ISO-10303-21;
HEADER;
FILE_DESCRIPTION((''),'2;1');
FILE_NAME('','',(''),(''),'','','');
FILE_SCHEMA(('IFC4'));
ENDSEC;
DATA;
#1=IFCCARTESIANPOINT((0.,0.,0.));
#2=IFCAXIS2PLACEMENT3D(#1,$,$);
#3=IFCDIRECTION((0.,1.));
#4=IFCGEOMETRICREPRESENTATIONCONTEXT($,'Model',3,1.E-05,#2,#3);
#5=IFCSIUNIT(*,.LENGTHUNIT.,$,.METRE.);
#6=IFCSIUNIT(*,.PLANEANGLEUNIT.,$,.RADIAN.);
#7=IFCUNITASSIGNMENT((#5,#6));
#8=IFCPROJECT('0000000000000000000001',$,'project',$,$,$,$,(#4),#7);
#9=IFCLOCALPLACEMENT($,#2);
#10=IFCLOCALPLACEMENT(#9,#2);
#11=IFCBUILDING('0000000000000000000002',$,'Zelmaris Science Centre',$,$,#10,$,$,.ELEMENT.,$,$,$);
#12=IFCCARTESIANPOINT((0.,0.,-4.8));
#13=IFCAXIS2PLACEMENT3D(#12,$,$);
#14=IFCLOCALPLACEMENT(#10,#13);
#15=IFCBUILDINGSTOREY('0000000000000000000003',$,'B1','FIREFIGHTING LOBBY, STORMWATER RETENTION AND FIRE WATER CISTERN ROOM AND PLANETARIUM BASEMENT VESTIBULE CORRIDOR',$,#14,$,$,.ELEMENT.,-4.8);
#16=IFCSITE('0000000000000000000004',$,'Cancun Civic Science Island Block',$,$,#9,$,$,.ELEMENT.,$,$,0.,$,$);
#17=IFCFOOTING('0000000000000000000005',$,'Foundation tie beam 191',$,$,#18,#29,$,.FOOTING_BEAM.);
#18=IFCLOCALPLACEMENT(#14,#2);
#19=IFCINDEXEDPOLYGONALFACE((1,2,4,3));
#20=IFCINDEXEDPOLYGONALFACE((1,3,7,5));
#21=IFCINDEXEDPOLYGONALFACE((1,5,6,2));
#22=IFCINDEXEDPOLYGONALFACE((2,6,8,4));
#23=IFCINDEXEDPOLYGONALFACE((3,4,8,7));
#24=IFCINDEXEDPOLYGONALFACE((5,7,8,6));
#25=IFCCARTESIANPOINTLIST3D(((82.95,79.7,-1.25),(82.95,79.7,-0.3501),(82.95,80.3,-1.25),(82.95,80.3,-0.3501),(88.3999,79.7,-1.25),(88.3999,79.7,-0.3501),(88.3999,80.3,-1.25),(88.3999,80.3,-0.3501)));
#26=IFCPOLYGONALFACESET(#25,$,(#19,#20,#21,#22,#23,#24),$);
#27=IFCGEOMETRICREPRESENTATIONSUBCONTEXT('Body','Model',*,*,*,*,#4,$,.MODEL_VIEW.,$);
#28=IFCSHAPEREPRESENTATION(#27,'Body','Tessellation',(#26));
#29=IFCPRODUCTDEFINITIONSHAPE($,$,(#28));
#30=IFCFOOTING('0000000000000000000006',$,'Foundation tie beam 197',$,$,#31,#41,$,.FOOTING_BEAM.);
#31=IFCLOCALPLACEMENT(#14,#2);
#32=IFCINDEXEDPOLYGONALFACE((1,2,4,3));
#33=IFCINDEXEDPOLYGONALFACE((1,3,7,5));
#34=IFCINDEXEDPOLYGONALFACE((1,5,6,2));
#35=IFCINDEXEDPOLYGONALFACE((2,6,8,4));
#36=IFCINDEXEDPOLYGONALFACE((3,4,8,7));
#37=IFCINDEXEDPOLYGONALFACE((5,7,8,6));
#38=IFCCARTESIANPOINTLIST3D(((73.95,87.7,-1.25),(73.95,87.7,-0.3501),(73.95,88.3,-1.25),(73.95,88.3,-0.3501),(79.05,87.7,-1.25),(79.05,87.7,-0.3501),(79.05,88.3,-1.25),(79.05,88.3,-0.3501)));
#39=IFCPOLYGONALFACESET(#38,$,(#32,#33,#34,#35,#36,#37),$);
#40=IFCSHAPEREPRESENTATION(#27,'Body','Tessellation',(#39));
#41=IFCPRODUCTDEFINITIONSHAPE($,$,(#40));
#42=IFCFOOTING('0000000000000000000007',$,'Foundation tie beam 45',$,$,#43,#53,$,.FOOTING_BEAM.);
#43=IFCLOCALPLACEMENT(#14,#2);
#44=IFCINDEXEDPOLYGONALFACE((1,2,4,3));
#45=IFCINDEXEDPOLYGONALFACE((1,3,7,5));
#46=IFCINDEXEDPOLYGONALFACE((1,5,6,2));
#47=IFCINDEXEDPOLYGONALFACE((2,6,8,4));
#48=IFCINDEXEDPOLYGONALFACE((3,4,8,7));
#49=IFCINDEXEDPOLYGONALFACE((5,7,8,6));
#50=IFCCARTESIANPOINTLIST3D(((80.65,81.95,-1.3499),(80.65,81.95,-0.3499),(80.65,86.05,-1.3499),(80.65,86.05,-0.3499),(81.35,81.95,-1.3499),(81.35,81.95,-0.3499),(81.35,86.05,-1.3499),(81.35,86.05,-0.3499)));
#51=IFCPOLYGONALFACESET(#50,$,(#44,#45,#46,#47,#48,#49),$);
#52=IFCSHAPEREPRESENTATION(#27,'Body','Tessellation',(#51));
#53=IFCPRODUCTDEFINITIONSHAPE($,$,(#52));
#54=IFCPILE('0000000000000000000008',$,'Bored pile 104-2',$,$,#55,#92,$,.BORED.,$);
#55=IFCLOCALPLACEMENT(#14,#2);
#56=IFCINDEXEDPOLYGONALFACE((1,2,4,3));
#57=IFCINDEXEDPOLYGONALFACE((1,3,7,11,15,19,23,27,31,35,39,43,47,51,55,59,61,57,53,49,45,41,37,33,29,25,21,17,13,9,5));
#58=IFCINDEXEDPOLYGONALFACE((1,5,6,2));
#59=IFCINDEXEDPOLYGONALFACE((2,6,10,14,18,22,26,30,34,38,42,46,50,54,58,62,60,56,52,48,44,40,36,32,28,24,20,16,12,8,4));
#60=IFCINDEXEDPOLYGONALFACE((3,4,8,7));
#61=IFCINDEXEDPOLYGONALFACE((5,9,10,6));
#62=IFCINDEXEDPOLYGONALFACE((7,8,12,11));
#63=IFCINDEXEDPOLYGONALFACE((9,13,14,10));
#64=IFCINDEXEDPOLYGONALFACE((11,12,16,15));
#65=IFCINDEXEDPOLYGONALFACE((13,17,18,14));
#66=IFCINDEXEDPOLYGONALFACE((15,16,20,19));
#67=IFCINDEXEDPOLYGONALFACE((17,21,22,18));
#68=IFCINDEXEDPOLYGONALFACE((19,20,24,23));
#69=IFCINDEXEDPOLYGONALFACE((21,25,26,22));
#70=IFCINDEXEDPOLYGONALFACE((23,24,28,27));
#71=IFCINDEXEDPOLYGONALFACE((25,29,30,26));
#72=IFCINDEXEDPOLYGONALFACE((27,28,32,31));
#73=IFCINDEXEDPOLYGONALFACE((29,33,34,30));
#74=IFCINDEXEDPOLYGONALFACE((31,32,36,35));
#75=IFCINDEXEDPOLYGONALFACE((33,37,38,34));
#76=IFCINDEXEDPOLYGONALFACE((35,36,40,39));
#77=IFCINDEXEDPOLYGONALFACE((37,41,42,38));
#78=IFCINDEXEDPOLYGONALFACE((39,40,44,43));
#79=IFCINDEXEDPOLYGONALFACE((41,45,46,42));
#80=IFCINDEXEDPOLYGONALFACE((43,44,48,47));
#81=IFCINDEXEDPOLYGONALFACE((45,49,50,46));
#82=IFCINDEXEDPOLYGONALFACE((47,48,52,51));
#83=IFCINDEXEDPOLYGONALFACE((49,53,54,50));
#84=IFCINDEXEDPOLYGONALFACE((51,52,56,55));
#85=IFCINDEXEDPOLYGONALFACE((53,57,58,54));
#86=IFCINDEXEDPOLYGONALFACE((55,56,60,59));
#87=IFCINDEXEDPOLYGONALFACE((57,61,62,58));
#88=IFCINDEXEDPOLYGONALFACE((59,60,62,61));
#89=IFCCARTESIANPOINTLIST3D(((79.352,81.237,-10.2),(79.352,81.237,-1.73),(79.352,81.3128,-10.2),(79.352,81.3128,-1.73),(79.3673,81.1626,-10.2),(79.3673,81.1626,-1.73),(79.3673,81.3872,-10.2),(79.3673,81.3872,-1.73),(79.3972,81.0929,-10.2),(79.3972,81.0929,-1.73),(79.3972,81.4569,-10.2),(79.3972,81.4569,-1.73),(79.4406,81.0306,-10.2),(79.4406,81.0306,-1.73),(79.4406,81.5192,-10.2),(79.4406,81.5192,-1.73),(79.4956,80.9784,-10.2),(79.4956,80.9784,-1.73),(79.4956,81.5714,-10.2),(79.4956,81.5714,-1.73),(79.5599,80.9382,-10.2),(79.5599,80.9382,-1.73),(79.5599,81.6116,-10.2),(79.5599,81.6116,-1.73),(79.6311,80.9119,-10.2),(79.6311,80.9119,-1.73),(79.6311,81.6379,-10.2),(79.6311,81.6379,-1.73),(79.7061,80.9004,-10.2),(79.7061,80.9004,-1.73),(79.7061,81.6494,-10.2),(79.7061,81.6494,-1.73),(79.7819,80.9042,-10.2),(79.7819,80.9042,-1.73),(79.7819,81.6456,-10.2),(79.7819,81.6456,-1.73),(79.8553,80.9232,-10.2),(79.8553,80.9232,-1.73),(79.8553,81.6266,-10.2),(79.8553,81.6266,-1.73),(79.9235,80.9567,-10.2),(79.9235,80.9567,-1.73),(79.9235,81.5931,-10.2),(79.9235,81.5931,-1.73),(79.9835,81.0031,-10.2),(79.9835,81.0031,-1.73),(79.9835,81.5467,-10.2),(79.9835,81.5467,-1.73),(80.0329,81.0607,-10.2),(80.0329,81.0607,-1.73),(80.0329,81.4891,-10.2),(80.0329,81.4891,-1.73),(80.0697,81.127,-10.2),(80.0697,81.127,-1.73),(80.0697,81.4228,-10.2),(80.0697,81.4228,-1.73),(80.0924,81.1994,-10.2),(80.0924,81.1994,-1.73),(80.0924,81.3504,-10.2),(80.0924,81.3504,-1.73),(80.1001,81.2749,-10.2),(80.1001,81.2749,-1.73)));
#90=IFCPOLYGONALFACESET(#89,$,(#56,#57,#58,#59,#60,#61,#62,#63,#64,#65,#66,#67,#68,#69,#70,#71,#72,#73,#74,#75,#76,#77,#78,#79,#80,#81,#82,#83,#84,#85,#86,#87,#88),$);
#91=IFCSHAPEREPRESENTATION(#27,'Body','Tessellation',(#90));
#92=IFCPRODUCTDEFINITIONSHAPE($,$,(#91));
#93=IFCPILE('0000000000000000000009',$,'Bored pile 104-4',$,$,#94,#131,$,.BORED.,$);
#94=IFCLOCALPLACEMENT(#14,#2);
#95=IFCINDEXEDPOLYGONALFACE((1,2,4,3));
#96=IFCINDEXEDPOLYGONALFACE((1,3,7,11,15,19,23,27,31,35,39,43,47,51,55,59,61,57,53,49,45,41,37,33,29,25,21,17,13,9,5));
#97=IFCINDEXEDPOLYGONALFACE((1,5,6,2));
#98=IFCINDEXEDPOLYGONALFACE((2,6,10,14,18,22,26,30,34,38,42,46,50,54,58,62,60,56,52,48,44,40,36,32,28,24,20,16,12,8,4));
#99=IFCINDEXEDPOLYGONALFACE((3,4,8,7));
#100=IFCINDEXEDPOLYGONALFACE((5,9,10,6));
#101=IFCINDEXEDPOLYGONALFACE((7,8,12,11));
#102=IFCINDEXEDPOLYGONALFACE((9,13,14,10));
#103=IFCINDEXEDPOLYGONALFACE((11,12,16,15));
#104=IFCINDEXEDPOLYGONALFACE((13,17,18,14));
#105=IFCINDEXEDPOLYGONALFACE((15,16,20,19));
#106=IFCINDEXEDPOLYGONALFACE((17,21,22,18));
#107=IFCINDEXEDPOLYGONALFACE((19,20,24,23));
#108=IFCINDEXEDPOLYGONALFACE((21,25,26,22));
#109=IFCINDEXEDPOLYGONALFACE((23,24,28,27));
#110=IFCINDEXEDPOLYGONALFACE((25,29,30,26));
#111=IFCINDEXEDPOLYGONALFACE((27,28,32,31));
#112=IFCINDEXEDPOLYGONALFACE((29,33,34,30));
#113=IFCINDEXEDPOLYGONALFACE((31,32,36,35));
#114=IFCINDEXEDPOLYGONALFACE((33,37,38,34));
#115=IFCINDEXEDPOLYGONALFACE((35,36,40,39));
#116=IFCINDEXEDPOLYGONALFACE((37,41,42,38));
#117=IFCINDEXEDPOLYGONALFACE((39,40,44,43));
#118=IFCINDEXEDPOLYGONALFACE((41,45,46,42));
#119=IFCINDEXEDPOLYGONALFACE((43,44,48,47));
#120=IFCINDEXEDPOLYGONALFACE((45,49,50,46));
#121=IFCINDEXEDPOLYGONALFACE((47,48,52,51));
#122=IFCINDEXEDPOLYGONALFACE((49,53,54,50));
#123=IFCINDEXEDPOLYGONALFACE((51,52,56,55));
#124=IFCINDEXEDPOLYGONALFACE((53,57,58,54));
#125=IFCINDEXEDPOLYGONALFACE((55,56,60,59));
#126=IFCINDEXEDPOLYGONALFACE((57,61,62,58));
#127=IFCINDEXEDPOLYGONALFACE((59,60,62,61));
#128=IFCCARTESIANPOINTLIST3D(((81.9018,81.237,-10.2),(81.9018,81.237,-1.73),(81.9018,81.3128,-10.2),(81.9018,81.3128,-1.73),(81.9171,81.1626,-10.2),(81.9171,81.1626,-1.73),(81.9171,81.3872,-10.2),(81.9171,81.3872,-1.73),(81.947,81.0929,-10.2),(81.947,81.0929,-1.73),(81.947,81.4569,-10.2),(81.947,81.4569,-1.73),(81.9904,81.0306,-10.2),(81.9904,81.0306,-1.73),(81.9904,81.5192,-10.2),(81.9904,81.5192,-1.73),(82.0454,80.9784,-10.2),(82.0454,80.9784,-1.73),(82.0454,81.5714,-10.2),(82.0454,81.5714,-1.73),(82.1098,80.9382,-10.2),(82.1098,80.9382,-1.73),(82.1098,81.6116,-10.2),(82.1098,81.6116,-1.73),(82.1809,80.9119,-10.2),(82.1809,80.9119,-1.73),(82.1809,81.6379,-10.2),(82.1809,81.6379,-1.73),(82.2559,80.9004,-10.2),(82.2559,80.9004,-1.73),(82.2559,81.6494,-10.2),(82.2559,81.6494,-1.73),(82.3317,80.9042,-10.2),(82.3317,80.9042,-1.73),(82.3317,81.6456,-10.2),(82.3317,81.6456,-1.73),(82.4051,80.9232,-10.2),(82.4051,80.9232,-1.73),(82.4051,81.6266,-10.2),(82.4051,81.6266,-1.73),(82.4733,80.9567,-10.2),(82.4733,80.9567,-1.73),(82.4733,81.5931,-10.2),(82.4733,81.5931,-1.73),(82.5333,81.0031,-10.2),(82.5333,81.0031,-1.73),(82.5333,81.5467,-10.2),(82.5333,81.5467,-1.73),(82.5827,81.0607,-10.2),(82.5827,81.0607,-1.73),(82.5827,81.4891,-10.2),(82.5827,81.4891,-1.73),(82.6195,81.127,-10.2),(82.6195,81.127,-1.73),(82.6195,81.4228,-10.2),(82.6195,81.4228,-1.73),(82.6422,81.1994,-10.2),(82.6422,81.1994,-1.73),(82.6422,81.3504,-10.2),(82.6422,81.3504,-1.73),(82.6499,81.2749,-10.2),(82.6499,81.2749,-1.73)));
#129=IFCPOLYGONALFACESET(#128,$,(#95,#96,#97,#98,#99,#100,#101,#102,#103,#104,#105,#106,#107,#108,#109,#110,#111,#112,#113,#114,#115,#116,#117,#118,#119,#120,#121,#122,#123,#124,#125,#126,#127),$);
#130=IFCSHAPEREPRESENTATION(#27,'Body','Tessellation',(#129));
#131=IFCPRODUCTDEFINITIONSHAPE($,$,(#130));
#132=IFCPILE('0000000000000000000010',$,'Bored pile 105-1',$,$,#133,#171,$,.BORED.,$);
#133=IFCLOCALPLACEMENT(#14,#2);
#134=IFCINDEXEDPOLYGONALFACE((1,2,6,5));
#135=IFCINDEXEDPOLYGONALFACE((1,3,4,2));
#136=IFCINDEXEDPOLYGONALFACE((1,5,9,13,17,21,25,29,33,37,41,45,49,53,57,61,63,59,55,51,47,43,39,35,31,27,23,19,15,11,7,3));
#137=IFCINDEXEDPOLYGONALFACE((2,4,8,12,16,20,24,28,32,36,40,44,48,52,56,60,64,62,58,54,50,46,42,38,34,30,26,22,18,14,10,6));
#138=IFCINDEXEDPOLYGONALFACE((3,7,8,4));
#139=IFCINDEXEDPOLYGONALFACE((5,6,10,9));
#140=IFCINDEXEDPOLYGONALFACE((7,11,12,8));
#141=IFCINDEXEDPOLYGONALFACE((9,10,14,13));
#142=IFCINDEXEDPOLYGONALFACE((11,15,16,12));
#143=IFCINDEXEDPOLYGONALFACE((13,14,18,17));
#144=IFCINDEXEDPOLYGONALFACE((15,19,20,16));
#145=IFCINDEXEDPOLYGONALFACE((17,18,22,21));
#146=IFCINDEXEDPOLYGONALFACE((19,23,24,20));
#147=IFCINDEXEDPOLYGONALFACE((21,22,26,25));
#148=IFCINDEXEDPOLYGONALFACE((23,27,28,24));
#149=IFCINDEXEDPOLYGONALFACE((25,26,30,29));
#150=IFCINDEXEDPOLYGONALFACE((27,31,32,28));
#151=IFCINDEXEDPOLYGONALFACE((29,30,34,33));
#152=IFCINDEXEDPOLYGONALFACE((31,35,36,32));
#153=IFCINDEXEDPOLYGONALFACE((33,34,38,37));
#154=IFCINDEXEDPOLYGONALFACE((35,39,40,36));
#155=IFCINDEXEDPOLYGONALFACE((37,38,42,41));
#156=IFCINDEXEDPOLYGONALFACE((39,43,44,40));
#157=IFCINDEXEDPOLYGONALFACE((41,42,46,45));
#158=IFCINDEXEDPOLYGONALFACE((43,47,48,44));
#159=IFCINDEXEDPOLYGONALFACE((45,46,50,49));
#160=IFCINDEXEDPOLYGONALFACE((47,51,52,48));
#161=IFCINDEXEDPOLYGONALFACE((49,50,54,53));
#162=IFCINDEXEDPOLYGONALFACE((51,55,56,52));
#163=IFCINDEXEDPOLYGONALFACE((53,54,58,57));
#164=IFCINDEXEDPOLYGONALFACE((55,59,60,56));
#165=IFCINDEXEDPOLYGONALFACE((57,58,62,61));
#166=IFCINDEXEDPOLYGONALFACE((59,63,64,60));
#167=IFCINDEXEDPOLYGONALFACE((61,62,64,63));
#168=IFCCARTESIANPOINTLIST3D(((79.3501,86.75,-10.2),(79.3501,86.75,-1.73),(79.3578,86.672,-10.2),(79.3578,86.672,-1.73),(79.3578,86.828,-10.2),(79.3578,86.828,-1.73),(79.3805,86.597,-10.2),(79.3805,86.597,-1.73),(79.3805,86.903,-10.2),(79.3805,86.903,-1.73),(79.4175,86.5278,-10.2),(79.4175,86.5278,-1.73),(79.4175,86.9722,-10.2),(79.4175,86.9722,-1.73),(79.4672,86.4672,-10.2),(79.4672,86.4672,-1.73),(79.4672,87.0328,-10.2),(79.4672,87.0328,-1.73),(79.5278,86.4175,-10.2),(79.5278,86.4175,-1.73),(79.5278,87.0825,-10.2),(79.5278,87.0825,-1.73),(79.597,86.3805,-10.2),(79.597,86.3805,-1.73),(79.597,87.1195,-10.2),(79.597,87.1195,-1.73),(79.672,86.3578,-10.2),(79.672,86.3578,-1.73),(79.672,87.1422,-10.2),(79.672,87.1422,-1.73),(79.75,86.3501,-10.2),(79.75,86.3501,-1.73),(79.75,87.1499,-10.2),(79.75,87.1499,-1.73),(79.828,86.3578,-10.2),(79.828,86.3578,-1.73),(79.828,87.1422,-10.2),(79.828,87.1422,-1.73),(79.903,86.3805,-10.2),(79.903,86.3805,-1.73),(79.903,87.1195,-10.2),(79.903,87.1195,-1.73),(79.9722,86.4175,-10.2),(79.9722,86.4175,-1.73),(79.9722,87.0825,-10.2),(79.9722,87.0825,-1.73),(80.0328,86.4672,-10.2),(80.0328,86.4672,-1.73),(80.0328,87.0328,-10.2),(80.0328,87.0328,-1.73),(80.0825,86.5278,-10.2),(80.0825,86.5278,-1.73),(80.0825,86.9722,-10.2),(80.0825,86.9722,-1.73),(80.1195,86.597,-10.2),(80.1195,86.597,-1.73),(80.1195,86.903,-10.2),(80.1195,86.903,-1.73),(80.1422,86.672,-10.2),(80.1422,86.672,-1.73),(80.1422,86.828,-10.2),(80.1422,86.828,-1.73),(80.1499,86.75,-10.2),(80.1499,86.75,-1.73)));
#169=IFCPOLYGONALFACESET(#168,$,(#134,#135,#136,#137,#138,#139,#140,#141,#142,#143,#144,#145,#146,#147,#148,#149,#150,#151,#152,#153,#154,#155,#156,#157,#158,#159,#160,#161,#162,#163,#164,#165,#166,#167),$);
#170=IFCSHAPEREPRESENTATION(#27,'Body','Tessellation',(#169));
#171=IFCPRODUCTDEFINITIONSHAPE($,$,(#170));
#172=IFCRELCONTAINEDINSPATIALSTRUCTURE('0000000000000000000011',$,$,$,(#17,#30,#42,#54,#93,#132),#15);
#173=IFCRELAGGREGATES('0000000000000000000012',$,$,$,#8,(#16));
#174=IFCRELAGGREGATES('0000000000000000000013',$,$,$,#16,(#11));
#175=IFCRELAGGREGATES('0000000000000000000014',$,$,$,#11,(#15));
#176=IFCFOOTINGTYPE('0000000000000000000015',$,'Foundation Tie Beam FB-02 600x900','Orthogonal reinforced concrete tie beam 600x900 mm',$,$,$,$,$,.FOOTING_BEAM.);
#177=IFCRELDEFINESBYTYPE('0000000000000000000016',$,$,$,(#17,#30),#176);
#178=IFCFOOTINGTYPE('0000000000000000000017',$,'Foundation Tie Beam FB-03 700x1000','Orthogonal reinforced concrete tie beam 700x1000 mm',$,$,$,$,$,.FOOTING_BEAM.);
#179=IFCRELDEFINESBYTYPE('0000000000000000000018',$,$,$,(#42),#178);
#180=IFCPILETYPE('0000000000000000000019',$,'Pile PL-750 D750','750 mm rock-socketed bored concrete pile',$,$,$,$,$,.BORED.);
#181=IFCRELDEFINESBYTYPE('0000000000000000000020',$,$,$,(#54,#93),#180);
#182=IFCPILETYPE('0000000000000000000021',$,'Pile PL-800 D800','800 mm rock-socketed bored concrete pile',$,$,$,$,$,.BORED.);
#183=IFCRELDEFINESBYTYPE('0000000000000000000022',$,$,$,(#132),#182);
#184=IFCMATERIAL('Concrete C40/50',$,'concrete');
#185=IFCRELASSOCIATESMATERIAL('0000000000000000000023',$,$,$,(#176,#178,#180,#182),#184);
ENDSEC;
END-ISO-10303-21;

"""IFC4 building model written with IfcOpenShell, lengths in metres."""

from ifc_helpers import new_model, si_unit, direction, frame, origin, origin_2d, place, context, subcontext, project, spatial, rectangle, circle, extrude, material, material_profile, profile_set, type_object, element, save


model = new_model("IFC4")

# Units and contexts
model_context = context("Model", 3, precision=1e-05, world=origin(), true_north=direction((0.0, 1.0)))
body_context = subcontext(model_context, "Body", "Model", "MODEL_VIEW")
ifc_project = project(units=[si_unit("LENGTHUNIT", "METRE"), si_unit("PLANEANGLEUNIT", "RADIAN")], contexts=[model_context])

# Site, building, storey
site_placement = place(None, origin())
site = spatial("IfcSite", under=ifc_project, at=site_placement, Name="Cancun Civic Science Island Block", CompositionType="ELEMENT", RefElevation=0.0)
building_placement = place(site_placement, origin())
building = spatial("IfcBuilding", under=site, at=building_placement, Name="Zelmaris Science Centre", CompositionType="ELEMENT")
storey_placement = place(building_placement, frame((0.0, 0.0, -4.8)))
storey = spatial("IfcBuildingStorey", under=building, at=storey_placement, Name="B1", Description="FIREFIGHTING LOBBY, STORMWATER RETENTION AND FIRE WATER CISTERN ROOM AND PLANETARIUM BASEMENT VESTIBULE CORRIDOR", CompositionType="ELEMENT", Elevation=-4.8)

# Footings
ifc_material_1 = material(Name="Concrete C40/50", Category="concrete")
ifc_material_profile_1 = material_profile(ifc_material_1, rectangle(XDim=0.6001, YDim=0.8999, at=origin_2d()), Name="FB-600X900")
ifc_profile_set_1 = profile_set([ifc_material_profile_1], Name="Concrete C40/50")
footing_type_1 = type_object("IfcFootingType", Name="Foundation Tie Beam FB-02 600x900", Description="Orthogonal reinforced concrete tie beam 600x900 mm", PredefinedType="FOOTING_BEAM", material=ifc_profile_set_1)
footing_1_placement = place(storey_placement, frame((82.95, 80.0, -0.8), z_axis=(1.0, 0.0, 0.0), x_axis=(0.0, 1.0, 0.0)))
element("IfcFooting", 1, at=footing_1_placement, inside=storey, type_object=footing_type_1, Name="Foundation tie beam 191", PredefinedType="FOOTING_BEAM", context=body_context, shape_type="SweptSolid", body=[
    extrude(rectangle(XDim=0.6001, YDim=0.8999, at=origin_2d()), origin(), (0.0, 0.0, 1.0), 5.45),
])
footing_2_placement = place(storey_placement, frame((73.95, 88.0, -0.8), z_axis=(1.0, 0.0, 0.0), x_axis=(0.0, 1.0, 0.0)))
element("IfcFooting", 2, at=footing_2_placement, inside=storey, type_object=footing_type_1, Name="Foundation tie beam 197", PredefinedType="FOOTING_BEAM", context=body_context, shape_type="SweptSolid", body=[
    extrude(rectangle(XDim=0.6001, YDim=0.8999, at=origin_2d()), origin(), (0.0, 0.0, 1.0), 5.1001),
])
ifc_material_profile_2 = material_profile(ifc_material_1, rectangle(XDim=0.7, YDim=1.0, at=origin_2d()), Name="FB-700X1000")
ifc_profile_set_2 = profile_set([ifc_material_profile_2], Name="Concrete C40/50")
footing_type_2 = type_object("IfcFootingType", Name="Foundation Tie Beam FB-03 700x1000", Description="Orthogonal reinforced concrete tie beam 700x1000 mm", PredefinedType="FOOTING_BEAM", material=ifc_profile_set_2)
footing_3_placement = place(storey_placement, frame((81.0, 81.95, -0.8499), z_axis=(0.0, 1.0, 0.0), x_axis=(-1.0, 0.0, 0.0)))
element("IfcFooting", 3, at=footing_3_placement, inside=storey, type_object=footing_type_2, Name="Foundation tie beam 45", PredefinedType="FOOTING_BEAM", context=body_context, shape_type="SweptSolid", body=[
    extrude(rectangle(XDim=0.7, YDim=1.0, at=origin_2d()), origin(), (0.0, 0.0, 1.0), 4.1001),
])

# Piles
ifc_material_profile_3 = material_profile(ifc_material_1, circle(Radius=0.375, at=origin_2d()), Name="PILE-750")
ifc_profile_set_3 = profile_set([ifc_material_profile_3], Name="Concrete C40/50")
pile_type_1 = type_object("IfcPileType", Name="Pile PL-750 D750", Description="750 mm rock-socketed bored concrete pile", PredefinedType="BORED", material=ifc_profile_set_3)
for number, where, z_axis, x_axis, name in (
    (4, (79.7251, 81.2749, -1.73), (0.0, 0.0, -1.0), (1.0, 0.0, 0.0), "Bored pile 104-2"),
    (5, (82.2749, 81.2749, -1.73), (0.0, 0.0, -1.0), (1.0, 0.0, 0.0), "Bored pile 104-4"),
):
    element("IfcPile", number, at=place(storey_placement, frame(where, z_axis=z_axis, x_axis=x_axis)), inside=storey, type_object=pile_type_1, Name=name, PredefinedType="BORED", context=body_context, shape_type="SweptSolid", body=[
        extrude(circle(Radius=0.375, at=origin_2d()), origin(), (0.0, 0.0, 1.0), 8.47),
    ])
ifc_material_profile_4 = material_profile(ifc_material_1, circle(Radius=0.3999, at=origin_2d()), Name="PILE-800")
ifc_profile_set_4 = profile_set([ifc_material_profile_4], Name="Concrete C40/50")
pile_type_2 = type_object("IfcPileType", Name="Pile PL-800 D800", Description="800 mm rock-socketed bored concrete pile", PredefinedType="BORED", material=ifc_profile_set_4)
for number, where, z_axis, x_axis, name in (
    (6, (79.75, 86.75, -1.73), (0.0, 0.0, -1.0), (1.0, 0.0, 0.0), "Bored pile 105-1"),
):
    element("IfcPile", number, at=place(storey_placement, frame(where, z_axis=z_axis, x_axis=x_axis)), inside=storey, type_object=pile_type_2, Name=name, PredefinedType="BORED", context=body_context, shape_type="SweptSolid", body=[
        extrude(circle(Radius=0.3999, at=origin_2d()), origin(), (0.0, 0.0, 1.0), 8.47),
    ])

save(model, "model.ifc")
